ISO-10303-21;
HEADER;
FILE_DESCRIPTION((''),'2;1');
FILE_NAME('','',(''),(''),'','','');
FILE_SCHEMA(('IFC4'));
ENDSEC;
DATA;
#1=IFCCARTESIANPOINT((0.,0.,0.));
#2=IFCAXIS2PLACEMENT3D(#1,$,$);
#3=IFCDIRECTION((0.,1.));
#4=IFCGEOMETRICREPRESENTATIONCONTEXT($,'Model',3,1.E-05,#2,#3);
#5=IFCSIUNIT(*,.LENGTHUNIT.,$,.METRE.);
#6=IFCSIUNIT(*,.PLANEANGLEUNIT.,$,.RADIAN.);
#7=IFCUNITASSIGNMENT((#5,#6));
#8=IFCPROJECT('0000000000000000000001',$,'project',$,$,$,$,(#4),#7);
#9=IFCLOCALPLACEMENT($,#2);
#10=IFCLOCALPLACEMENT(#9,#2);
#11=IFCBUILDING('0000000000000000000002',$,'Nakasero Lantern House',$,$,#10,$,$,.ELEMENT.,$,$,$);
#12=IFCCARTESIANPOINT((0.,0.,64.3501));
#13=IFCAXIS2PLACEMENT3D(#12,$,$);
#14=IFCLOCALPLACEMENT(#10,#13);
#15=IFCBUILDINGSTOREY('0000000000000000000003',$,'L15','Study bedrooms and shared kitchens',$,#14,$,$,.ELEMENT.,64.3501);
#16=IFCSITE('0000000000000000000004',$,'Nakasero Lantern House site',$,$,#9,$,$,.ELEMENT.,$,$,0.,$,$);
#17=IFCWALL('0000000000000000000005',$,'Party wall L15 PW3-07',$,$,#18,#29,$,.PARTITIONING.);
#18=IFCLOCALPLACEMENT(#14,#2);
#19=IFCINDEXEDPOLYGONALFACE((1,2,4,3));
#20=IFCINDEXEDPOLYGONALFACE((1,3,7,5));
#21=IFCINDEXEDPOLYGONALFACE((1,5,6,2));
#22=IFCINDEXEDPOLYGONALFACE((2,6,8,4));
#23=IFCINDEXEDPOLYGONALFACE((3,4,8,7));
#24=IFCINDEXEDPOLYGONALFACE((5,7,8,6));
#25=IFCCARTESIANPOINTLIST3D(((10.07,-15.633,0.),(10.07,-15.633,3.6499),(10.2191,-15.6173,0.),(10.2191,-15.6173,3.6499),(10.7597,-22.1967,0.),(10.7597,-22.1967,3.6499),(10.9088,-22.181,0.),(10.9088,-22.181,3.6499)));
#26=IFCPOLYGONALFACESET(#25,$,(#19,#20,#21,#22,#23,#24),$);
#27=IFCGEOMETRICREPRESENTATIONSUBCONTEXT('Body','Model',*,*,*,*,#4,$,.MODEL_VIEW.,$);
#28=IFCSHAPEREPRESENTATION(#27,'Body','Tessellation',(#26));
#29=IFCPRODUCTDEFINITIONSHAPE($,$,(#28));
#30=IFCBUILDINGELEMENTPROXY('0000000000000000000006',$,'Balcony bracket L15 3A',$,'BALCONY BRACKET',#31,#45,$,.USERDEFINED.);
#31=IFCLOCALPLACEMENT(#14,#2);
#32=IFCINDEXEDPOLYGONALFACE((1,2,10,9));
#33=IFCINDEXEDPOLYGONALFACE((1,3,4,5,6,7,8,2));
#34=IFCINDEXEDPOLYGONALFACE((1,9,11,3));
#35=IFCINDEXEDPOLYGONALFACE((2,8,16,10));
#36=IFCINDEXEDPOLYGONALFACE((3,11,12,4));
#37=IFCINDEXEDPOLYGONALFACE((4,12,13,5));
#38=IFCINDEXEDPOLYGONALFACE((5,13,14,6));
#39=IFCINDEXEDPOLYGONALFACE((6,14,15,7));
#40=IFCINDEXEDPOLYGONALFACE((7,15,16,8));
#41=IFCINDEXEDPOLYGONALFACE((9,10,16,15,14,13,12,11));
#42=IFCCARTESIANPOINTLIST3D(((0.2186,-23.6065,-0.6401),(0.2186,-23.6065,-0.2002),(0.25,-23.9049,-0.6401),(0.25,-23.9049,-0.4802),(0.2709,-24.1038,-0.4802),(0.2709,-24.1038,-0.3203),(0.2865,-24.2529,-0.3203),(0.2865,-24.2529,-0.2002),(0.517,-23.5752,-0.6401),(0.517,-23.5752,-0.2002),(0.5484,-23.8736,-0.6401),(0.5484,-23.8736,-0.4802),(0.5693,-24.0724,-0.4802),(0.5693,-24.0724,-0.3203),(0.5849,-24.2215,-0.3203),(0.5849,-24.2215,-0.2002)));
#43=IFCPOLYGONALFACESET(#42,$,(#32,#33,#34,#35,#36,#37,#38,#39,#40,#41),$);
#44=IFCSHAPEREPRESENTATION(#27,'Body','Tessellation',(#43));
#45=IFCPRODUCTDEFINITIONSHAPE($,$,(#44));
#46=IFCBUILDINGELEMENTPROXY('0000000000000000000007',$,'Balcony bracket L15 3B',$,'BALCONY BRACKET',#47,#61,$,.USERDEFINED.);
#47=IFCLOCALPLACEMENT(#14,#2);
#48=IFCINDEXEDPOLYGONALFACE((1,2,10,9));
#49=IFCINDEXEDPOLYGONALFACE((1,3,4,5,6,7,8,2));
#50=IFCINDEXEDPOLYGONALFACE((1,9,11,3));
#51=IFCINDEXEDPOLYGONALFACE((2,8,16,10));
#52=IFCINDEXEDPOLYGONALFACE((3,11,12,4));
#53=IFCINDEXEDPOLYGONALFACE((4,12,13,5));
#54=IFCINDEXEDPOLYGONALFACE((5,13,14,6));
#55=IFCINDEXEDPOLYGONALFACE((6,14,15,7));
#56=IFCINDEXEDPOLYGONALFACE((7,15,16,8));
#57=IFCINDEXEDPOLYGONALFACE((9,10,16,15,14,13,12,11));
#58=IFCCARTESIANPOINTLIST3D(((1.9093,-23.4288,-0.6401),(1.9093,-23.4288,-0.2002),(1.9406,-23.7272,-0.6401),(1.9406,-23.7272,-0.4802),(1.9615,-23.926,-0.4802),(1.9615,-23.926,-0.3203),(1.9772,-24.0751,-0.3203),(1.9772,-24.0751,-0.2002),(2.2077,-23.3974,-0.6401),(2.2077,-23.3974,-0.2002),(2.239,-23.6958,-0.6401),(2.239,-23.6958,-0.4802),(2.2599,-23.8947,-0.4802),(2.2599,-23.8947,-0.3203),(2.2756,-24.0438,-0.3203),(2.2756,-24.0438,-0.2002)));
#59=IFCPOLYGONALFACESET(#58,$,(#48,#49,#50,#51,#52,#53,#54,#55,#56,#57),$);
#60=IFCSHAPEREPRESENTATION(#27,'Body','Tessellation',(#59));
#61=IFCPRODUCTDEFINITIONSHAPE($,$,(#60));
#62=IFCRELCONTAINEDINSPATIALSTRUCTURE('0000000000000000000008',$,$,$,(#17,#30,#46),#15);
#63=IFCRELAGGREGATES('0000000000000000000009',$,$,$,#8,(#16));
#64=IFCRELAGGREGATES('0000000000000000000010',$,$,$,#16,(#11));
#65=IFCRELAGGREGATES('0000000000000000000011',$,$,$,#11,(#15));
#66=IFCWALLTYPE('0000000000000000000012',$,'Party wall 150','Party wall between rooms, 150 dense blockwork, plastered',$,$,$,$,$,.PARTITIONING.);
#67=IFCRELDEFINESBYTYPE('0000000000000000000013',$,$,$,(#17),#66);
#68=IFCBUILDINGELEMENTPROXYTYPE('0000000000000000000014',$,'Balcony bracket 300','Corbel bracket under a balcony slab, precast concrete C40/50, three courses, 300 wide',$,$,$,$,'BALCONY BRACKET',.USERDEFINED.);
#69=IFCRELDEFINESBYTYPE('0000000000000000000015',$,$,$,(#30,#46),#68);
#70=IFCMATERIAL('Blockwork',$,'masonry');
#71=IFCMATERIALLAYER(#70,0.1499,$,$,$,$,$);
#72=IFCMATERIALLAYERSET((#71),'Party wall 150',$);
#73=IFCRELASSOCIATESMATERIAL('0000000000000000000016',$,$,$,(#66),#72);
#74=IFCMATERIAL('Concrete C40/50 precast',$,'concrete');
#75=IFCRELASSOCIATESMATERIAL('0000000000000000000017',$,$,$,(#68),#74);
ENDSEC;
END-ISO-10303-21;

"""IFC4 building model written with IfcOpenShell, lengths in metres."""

from ifc_helpers import new_model, si_unit, direction, frame, frame_2d, origin, place, context, subcontext, project, spatial, polyline, rectangle, outline, extrude, material, layer, layer_set, type_object, element, save


model = new_model("IFC4")

# Units and contexts
model_context = context("Model", 3, precision=1e-05, world=origin(), true_north=direction((0.0, 1.0)))
body_context = subcontext(model_context, "Body", "Model", "MODEL_VIEW")
ifc_project = project(units=[si_unit("LENGTHUNIT", "METRE"), si_unit("PLANEANGLEUNIT", "RADIAN")], contexts=[model_context])

# Site, building, storey
site_placement = place(None, origin())
site = spatial("IfcSite", under=ifc_project, at=site_placement, Name="Nakasero Lantern House site", CompositionType="ELEMENT", RefElevation=0.0)
building_placement = place(site_placement, origin())
building = spatial("IfcBuilding", under=site, at=building_placement, Name="Nakasero Lantern House", CompositionType="ELEMENT")
storey_placement = place(building_placement, frame((0.0, 0.0, 64.3501)))
storey = spatial("IfcBuildingStorey", under=building, at=storey_placement, Name="L15", Description="Study bedrooms and shared kitchens", CompositionType="ELEMENT", Elevation=64.3501)

# Wall
ifc_material_1 = material(Name="Blockwork", Category="masonry")
ifc_layer_1 = layer(ifc_material_1, 0.1499)
ifc_layer_set_1 = layer_set([ifc_layer_1], Name="Party wall 150")
wall_type_1 = type_object("IfcWallType", Name="Party wall 150", Description="Party wall between rooms, 150 dense blockwork, plastered", PredefinedType="PARTITIONING", material=ifc_layer_set_1)
wall_1_placement = place(storey_placement, frame((10.1445, -15.6252, 0.0), z_axis=(0.0, 0.0, 1.0), x_axis=(0.104502, -0.994525, 0.0)))
element("IfcWall", 1, at=wall_1_placement, inside=storey, type_object=wall_type_1, Name="Party wall L15 PW3-07", PredefinedType="PARTITIONING", context=body_context, shape_type="SweptSolid", body=[
    extrude(rectangle(XDim=6.5999, YDim=0.1499, at=frame_2d((3.2998, 0.0))), origin(), (0.0, 0.0, 1.0), 3.6499),
])

# Building element proxies
ifc_material_2 = material(Name="Concrete C40/50 precast", Category="concrete")
building_element_proxy_type = type_object("IfcBuildingElementProxyType", Name="Balcony bracket 300", Description="Corbel bracket under a balcony slab, precast concrete C40/50, three courses, 300 wide", ElementType="BALCONY BRACKET", PredefinedType="USERDEFINED", material=ifc_material_2)
for number, where, z_axis, x_axis, name in (
    (2, (0.3679, -23.5908, -0.2002), (0.0, 0.0, 1.0), (0.104528, -0.994522, 0.0), "Balcony bracket L15 3A"),
    (3, (2.0586, -23.4131, -0.2002), (0.0, 0.0, 1.0), (0.104528, -0.994522, 0.0), "Balcony bracket L15 3B"),
):
    element("IfcBuildingElementProxy", number, at=place(storey_placement, frame(where, z_axis=z_axis, x_axis=x_axis)), inside=storey, type_object=building_element_proxy_type, Name=name, ObjectType="BALCONY BRACKET", PredefinedType="USERDEFINED", context=body_context, shape_type="SweptSolid", body=[
        extrude(outline(polyline([(0.0, 0.0), (0.6499, 0.0), (0.6499, -0.1201), (0.5, -0.1201), (0.5, -0.28), (0.3, -0.28), (0.3, -0.4399), (0.0, -0.4399), (0.0, 0.0)])), frame((0.0, 0.1499, 0.0), z_axis=(0.0, -1.0, 0.0), x_axis=(1.0, 0.0, 0.0)), (0.0, 0.0, 1.0), 0.3),
    ])

save(model, "model.ifc")
